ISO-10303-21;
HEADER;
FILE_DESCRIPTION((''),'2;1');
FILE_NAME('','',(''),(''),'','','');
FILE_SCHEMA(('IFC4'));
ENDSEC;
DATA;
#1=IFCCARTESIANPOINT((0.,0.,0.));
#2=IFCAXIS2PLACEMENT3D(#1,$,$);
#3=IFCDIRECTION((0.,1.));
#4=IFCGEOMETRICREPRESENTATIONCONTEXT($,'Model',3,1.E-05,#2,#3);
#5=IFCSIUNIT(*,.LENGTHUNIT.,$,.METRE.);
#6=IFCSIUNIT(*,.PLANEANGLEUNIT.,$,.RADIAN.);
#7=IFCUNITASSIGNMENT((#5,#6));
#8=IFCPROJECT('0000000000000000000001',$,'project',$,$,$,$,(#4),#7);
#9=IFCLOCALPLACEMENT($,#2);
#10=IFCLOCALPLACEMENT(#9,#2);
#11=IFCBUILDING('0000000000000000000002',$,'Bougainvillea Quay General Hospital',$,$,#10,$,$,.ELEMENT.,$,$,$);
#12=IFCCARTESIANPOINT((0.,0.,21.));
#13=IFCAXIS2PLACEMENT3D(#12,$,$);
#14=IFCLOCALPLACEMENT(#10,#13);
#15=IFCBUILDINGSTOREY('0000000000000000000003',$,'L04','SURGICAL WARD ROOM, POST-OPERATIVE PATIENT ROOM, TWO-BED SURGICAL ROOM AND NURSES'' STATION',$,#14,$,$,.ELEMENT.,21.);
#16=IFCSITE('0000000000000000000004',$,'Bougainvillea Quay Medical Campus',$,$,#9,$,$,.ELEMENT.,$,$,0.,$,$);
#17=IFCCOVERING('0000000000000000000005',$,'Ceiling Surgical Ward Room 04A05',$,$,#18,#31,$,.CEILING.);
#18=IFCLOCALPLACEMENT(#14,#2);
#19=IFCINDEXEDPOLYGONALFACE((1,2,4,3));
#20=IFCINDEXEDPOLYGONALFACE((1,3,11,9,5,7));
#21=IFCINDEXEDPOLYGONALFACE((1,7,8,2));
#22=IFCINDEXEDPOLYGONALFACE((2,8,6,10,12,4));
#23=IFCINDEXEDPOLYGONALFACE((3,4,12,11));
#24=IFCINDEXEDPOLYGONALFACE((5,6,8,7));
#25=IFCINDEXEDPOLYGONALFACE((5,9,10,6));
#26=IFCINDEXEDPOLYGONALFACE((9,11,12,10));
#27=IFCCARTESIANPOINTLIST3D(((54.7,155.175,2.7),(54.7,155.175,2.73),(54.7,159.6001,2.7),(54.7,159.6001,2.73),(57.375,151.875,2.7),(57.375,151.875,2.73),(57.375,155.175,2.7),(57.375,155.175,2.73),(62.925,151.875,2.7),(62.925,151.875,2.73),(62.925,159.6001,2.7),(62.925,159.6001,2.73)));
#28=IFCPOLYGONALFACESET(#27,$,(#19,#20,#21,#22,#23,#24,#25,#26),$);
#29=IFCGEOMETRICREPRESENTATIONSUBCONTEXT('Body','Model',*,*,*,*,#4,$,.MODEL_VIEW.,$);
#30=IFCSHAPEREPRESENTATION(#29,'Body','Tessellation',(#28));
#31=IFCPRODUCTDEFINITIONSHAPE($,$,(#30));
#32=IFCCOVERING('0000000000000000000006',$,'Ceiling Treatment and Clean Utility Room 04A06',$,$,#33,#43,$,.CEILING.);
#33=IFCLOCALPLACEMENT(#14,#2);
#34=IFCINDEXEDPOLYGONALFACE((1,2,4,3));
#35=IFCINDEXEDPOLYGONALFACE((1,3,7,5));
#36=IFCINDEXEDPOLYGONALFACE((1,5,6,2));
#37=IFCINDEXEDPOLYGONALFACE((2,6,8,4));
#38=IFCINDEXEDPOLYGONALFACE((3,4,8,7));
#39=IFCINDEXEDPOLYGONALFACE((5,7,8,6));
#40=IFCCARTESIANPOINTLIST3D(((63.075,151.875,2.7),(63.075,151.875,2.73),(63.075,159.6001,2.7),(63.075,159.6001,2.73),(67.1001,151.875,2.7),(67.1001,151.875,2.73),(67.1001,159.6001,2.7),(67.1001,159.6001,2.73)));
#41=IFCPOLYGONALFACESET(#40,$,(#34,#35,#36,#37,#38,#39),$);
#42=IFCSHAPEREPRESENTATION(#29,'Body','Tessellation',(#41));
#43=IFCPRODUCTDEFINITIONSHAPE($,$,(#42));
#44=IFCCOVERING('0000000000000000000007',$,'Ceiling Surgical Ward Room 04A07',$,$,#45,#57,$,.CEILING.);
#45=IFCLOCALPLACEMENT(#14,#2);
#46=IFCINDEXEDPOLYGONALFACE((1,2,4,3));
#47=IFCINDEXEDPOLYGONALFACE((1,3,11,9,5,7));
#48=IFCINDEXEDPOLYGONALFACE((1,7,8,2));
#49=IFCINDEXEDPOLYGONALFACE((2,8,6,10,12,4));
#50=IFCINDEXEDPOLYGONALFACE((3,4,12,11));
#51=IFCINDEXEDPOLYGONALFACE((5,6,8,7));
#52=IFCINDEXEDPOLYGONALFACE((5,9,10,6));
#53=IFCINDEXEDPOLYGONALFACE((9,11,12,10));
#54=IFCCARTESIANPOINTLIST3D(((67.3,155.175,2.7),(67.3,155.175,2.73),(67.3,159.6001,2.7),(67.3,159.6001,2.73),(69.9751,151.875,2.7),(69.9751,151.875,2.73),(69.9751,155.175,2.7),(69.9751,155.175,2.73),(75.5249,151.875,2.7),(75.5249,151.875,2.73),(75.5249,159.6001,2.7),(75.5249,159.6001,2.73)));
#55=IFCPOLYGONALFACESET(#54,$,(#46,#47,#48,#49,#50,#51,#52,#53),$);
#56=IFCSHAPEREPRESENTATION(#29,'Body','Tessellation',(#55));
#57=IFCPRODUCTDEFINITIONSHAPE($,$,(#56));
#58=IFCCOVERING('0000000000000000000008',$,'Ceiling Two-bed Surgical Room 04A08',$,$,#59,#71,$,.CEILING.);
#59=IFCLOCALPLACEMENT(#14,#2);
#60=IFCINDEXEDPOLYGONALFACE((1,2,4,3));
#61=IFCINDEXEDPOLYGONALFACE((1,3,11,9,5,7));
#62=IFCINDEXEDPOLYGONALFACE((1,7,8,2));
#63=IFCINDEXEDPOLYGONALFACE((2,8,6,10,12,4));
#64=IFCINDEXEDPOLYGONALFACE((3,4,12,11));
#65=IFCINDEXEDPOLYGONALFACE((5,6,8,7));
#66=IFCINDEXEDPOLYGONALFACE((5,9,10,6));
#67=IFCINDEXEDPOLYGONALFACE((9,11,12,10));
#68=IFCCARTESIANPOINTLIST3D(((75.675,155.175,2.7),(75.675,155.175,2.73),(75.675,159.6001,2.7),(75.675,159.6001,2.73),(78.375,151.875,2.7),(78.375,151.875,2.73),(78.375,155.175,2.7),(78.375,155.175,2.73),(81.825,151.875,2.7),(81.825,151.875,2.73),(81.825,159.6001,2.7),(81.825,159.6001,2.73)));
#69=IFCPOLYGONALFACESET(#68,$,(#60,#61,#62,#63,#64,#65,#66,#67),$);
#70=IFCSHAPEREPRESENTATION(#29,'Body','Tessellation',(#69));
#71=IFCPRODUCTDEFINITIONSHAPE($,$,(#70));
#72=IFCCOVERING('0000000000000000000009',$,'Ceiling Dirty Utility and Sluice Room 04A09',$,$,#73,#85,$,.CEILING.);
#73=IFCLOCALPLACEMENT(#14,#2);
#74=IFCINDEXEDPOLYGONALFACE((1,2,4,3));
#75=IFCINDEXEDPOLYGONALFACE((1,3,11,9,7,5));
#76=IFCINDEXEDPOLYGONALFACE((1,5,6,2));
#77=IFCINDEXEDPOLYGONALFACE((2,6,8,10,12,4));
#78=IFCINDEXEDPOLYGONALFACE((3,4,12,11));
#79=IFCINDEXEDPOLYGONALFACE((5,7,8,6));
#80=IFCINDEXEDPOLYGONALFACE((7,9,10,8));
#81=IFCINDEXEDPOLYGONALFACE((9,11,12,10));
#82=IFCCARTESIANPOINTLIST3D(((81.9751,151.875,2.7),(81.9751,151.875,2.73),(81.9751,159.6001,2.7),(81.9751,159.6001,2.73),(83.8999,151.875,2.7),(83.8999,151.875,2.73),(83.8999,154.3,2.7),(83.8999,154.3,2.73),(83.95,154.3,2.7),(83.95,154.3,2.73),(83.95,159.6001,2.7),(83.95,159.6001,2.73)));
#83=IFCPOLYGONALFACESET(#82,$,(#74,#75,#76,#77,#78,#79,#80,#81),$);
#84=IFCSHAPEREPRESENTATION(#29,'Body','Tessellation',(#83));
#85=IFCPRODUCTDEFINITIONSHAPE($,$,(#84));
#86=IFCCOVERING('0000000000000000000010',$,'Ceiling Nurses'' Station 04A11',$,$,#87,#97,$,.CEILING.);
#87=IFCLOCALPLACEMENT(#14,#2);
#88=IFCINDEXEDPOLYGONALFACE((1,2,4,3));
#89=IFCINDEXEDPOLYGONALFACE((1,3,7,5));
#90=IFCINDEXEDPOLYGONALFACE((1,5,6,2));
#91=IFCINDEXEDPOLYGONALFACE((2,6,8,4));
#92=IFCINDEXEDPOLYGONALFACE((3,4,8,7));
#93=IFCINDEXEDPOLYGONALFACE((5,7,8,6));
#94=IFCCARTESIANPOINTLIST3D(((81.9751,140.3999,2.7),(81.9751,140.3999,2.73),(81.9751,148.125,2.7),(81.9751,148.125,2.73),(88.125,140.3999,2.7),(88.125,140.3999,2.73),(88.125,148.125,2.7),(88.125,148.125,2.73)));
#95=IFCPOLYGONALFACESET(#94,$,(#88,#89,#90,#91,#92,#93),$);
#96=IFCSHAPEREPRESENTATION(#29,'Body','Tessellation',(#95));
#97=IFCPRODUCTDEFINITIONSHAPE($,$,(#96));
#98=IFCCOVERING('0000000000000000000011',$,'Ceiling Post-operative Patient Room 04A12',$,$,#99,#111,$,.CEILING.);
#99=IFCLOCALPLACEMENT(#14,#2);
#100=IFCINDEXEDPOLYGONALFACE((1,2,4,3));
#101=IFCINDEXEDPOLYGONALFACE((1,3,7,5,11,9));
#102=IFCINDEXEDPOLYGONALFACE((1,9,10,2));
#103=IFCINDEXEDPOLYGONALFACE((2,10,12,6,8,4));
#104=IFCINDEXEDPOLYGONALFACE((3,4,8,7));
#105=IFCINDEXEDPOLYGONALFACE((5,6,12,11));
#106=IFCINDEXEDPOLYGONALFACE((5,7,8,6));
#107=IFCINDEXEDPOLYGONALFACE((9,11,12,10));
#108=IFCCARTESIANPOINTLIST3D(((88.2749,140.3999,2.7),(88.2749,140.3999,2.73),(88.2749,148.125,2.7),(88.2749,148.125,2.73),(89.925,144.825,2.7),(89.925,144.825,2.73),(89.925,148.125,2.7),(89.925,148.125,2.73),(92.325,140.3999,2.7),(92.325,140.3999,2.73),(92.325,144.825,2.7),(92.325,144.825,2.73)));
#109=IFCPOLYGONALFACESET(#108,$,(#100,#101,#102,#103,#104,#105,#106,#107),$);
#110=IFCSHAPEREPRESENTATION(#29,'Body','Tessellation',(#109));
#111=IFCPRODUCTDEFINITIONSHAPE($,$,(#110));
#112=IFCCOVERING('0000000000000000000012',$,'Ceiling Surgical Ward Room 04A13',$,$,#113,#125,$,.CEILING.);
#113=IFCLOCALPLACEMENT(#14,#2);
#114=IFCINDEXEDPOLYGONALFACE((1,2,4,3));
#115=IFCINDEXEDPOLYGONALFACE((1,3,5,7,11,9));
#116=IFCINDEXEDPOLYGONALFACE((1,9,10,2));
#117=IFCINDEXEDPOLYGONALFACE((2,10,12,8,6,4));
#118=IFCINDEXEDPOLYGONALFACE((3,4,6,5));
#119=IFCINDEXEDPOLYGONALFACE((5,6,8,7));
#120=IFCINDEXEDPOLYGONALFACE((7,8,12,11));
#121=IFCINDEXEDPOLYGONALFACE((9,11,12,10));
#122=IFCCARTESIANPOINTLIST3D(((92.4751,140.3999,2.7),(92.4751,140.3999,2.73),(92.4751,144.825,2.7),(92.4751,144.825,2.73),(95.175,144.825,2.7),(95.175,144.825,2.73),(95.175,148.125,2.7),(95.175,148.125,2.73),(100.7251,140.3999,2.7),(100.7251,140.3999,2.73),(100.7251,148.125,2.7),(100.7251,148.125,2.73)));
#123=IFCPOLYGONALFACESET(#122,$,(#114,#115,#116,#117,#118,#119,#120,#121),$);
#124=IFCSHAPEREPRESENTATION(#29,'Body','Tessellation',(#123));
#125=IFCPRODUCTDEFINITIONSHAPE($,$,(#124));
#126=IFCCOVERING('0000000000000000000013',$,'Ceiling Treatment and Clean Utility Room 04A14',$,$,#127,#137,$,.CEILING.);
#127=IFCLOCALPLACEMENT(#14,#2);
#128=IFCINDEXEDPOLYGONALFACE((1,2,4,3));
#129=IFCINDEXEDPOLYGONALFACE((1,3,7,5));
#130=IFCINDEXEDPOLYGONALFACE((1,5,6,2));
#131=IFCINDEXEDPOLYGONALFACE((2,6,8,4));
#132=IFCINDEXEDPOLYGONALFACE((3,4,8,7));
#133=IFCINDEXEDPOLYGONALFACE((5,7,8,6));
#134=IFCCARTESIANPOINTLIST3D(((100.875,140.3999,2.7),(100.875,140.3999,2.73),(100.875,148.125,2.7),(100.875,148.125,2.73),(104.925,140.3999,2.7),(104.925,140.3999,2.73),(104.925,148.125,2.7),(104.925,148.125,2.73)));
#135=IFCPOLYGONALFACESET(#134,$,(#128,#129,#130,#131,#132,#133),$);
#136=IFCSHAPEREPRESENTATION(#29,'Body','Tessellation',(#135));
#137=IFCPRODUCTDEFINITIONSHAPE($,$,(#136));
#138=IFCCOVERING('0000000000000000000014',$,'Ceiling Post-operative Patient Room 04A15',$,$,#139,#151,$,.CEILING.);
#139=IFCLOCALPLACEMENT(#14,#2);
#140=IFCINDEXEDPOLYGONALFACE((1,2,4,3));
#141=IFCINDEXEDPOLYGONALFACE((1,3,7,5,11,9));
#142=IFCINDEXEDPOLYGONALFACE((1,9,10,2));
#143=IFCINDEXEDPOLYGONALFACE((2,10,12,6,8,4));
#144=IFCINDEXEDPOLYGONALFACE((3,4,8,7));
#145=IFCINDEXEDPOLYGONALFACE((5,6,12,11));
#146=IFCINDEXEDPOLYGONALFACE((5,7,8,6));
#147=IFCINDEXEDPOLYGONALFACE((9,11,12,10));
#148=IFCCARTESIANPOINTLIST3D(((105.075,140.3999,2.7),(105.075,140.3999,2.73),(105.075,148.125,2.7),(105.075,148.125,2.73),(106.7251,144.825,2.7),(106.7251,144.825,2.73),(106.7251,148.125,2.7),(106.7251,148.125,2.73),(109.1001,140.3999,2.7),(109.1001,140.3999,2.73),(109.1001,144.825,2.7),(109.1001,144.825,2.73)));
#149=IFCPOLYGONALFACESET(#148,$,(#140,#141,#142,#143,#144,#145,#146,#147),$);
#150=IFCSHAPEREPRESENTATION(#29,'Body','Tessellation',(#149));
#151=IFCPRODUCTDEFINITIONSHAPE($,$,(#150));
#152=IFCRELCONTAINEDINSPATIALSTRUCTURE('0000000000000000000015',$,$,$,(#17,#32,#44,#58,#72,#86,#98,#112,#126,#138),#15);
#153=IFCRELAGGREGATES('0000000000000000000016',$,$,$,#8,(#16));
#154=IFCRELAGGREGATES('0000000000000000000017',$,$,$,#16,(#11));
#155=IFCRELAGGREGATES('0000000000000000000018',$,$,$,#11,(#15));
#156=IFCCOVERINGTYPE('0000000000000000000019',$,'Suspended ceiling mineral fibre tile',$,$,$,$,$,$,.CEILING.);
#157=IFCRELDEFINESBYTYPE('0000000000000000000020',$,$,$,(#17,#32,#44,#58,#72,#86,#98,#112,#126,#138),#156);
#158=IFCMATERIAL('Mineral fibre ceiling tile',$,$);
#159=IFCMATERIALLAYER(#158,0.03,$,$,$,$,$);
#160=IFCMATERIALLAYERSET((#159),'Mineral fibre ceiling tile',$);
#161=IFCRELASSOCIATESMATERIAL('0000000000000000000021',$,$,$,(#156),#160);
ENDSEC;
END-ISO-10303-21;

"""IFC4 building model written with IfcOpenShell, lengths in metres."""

from ifc_helpers import new_model, si_unit, direction, frame, origin, place, context, subcontext, project, spatial, polyline, outline, extrude, material, layer, layer_set, type_object, element, save


model = new_model("IFC4")

# Units and contexts
model_context = context("Model", 3, precision=1e-05, world=origin(), true_north=direction((0.0, 1.0)))
body_context = subcontext(model_context, "Body", "Model", "MODEL_VIEW")
ifc_project = project(units=[si_unit("LENGTHUNIT", "METRE"), si_unit("PLANEANGLEUNIT", "RADIAN")], contexts=[model_context])

# Site, building, storey
site_placement = place(None, origin())
site = spatial("IfcSite", under=ifc_project, at=site_placement, Name="Bougainvillea Quay Medical Campus", CompositionType="ELEMENT", RefElevation=0.0)
building_placement = place(site_placement, origin())
building = spatial("IfcBuilding", under=site, at=building_placement, Name="Bougainvillea Quay General Hospital", CompositionType="ELEMENT")
storey_placement = place(building_placement, frame((0.0, 0.0, 21.0)))
storey = spatial("IfcBuildingStorey", under=building, at=storey_placement, Name="L04", Description="SURGICAL WARD ROOM, POST-OPERATIVE PATIENT ROOM, TWO-BED SURGICAL ROOM AND NURSES' STATION", CompositionType="ELEMENT", Elevation=21.0)

# Coverings
ifc_material = material(Name="Mineral fibre ceiling tile")
ifc_layer = layer(ifc_material, 0.03)
ifc_layer_set = layer_set([ifc_layer], Name="Mineral fibre ceiling tile")
covering_type = type_object("IfcCoveringType", Name="Suspended ceiling mineral fibre tile", PredefinedType="CEILING", material=ifc_layer_set)
covering_1_placement = place(storey_placement, frame((0.0, 0.0, 2.7)))
element("IfcCovering", 1, at=covering_1_placement, inside=storey, type_object=covering_type, Name="Ceiling Surgical Ward Room 04A05", PredefinedType="CEILING", context=body_context, shape_type="SweptSolid", body=[
    extrude(outline(polyline([(54.7, 159.6001), (54.7, 155.175), (57.375, 155.175), (57.375, 151.875), (62.925, 151.875), (62.925, 159.6001), (54.7, 159.6001)])), origin(), (0.0, 0.0, 1.0), 0.03),
])
covering_2_placement = place(storey_placement, frame((0.0, 0.0, 2.7)))
element("IfcCovering", 2, at=covering_2_placement, inside=storey, type_object=covering_type, Name="Ceiling Treatment and Clean Utility Room 04A06", PredefinedType="CEILING", context=body_context, shape_type="SweptSolid", body=[
    extrude(outline(polyline([(63.075, 159.6001), (63.075, 151.875), (67.1001, 151.875), (67.1001, 159.6001), (63.075, 159.6001)])), origin(), (0.0, 0.0, 1.0), 0.03),
])
covering_3_placement = place(storey_placement, frame((0.0, 0.0, 2.7)))
element("IfcCovering", 3, at=covering_3_placement, inside=storey, type_object=covering_type, Name="Ceiling Surgical Ward Room 04A07", PredefinedType="CEILING", context=body_context, shape_type="SweptSolid", body=[
    extrude(outline(polyline([(67.3, 159.6001), (67.3, 155.175), (69.9751, 155.175), (69.9751, 151.875), (75.5249, 151.875), (75.5249, 159.6001), (67.3, 159.6001)])), origin(), (0.0, 0.0, 1.0), 0.03),
])
covering_4_placement = place(storey_placement, frame((0.0, 0.0, 2.7)))
element("IfcCovering", 4, at=covering_4_placement, inside=storey, type_object=covering_type, Name="Ceiling Two-bed Surgical Room 04A08", PredefinedType="CEILING", context=body_context, shape_type="SweptSolid", body=[
    extrude(outline(polyline([(75.675, 159.6001), (75.675, 155.175), (78.375, 155.175), (78.375, 151.875), (81.825, 151.875), (81.825, 159.6001), (75.675, 159.6001)])), origin(), (0.0, 0.0, 1.0), 0.03),
])
covering_5_placement = place(storey_placement, frame((0.0, 0.0, 2.7)))
element("IfcCovering", 5, at=covering_5_placement, inside=storey, type_object=covering_type, Name="Ceiling Dirty Utility and Sluice Room 04A09", PredefinedType="CEILING", context=body_context, shape_type="SweptSolid", body=[
    extrude(outline(polyline([(81.9751, 159.6001), (81.9751, 151.875), (83.8999, 151.875), (83.8999, 154.3), (83.95, 154.3), (83.95, 159.6001), (81.9751, 159.6001)])), origin(), (0.0, 0.0, 1.0), 0.03),
])
covering_6_placement = place(storey_placement, frame((0.0, 0.0, 2.7)))
element("IfcCovering", 6, at=covering_6_placement, inside=storey, type_object=covering_type, Name="Ceiling Nurses' Station 04A11", PredefinedType="CEILING", context=body_context, shape_type="SweptSolid", body=[
    extrude(outline(polyline([(88.125, 140.3999), (88.125, 148.125), (81.9751, 148.125), (81.9751, 140.3999), (88.125, 140.3999)])), origin(), (0.0, 0.0, 1.0), 0.03),
])
covering_7_placement = place(storey_placement, frame((0.0, 0.0, 2.7)))
element("IfcCovering", 7, at=covering_7_placement, inside=storey, type_object=covering_type, Name="Ceiling Post-operative Patient Room 04A12", PredefinedType="CEILING", context=body_context, shape_type="SweptSolid", body=[
    extrude(outline(polyline([(92.325, 140.3999), (92.325, 144.825), (89.925, 144.825), (89.925, 148.125), (88.2749, 148.125), (88.2749, 140.3999), (92.325, 140.3999)])), origin(), (0.0, 0.0, 1.0), 0.03),
])
covering_8_placement = place(storey_placement, frame((0.0, 0.0, 2.7)))
element("IfcCovering", 8, at=covering_8_placement, inside=storey, type_object=covering_type, Name="Ceiling Surgical Ward Room 04A13", PredefinedType="CEILING", context=body_context, shape_type="SweptSolid", body=[
    extrude(outline(polyline([(100.7251, 140.3999), (100.7251, 148.125), (95.175, 148.125), (95.175, 144.825), (92.4751, 144.825), (92.4751, 140.3999), (100.7251, 140.3999)])), origin(), (0.0, 0.0, 1.0), 0.03),
])
covering_9_placement = place(storey_placement, frame((0.0, 0.0, 2.7)))
element("IfcCovering", 9, at=covering_9_placement, inside=storey, type_object=covering_type, Name="Ceiling Treatment and Clean Utility Room 04A14", PredefinedType="CEILING", context=body_context, shape_type="SweptSolid", body=[
    extrude(outline(polyline([(104.925, 140.3999), (104.925, 148.125), (100.875, 148.125), (100.875, 140.3999), (104.925, 140.3999)])), origin(), (0.0, 0.0, 1.0), 0.03),
])
covering_10_placement = place(storey_placement, frame((0.0, 0.0, 2.7)))
element("IfcCovering", 10, at=covering_10_placement, inside=storey, type_object=covering_type, Name="Ceiling Post-operative Patient Room 04A15", PredefinedType="CEILING", context=body_context, shape_type="SweptSolid", body=[
    extrude(outline(polyline([(109.1001, 140.3999), (109.1001, 144.825), (106.7251, 144.825), (106.7251, 148.125), (105.075, 148.125), (105.075, 140.3999), (109.1001, 140.3999)])), origin(), (0.0, 0.0, 1.0), 0.03),
])

save(model, "model.ifc")
